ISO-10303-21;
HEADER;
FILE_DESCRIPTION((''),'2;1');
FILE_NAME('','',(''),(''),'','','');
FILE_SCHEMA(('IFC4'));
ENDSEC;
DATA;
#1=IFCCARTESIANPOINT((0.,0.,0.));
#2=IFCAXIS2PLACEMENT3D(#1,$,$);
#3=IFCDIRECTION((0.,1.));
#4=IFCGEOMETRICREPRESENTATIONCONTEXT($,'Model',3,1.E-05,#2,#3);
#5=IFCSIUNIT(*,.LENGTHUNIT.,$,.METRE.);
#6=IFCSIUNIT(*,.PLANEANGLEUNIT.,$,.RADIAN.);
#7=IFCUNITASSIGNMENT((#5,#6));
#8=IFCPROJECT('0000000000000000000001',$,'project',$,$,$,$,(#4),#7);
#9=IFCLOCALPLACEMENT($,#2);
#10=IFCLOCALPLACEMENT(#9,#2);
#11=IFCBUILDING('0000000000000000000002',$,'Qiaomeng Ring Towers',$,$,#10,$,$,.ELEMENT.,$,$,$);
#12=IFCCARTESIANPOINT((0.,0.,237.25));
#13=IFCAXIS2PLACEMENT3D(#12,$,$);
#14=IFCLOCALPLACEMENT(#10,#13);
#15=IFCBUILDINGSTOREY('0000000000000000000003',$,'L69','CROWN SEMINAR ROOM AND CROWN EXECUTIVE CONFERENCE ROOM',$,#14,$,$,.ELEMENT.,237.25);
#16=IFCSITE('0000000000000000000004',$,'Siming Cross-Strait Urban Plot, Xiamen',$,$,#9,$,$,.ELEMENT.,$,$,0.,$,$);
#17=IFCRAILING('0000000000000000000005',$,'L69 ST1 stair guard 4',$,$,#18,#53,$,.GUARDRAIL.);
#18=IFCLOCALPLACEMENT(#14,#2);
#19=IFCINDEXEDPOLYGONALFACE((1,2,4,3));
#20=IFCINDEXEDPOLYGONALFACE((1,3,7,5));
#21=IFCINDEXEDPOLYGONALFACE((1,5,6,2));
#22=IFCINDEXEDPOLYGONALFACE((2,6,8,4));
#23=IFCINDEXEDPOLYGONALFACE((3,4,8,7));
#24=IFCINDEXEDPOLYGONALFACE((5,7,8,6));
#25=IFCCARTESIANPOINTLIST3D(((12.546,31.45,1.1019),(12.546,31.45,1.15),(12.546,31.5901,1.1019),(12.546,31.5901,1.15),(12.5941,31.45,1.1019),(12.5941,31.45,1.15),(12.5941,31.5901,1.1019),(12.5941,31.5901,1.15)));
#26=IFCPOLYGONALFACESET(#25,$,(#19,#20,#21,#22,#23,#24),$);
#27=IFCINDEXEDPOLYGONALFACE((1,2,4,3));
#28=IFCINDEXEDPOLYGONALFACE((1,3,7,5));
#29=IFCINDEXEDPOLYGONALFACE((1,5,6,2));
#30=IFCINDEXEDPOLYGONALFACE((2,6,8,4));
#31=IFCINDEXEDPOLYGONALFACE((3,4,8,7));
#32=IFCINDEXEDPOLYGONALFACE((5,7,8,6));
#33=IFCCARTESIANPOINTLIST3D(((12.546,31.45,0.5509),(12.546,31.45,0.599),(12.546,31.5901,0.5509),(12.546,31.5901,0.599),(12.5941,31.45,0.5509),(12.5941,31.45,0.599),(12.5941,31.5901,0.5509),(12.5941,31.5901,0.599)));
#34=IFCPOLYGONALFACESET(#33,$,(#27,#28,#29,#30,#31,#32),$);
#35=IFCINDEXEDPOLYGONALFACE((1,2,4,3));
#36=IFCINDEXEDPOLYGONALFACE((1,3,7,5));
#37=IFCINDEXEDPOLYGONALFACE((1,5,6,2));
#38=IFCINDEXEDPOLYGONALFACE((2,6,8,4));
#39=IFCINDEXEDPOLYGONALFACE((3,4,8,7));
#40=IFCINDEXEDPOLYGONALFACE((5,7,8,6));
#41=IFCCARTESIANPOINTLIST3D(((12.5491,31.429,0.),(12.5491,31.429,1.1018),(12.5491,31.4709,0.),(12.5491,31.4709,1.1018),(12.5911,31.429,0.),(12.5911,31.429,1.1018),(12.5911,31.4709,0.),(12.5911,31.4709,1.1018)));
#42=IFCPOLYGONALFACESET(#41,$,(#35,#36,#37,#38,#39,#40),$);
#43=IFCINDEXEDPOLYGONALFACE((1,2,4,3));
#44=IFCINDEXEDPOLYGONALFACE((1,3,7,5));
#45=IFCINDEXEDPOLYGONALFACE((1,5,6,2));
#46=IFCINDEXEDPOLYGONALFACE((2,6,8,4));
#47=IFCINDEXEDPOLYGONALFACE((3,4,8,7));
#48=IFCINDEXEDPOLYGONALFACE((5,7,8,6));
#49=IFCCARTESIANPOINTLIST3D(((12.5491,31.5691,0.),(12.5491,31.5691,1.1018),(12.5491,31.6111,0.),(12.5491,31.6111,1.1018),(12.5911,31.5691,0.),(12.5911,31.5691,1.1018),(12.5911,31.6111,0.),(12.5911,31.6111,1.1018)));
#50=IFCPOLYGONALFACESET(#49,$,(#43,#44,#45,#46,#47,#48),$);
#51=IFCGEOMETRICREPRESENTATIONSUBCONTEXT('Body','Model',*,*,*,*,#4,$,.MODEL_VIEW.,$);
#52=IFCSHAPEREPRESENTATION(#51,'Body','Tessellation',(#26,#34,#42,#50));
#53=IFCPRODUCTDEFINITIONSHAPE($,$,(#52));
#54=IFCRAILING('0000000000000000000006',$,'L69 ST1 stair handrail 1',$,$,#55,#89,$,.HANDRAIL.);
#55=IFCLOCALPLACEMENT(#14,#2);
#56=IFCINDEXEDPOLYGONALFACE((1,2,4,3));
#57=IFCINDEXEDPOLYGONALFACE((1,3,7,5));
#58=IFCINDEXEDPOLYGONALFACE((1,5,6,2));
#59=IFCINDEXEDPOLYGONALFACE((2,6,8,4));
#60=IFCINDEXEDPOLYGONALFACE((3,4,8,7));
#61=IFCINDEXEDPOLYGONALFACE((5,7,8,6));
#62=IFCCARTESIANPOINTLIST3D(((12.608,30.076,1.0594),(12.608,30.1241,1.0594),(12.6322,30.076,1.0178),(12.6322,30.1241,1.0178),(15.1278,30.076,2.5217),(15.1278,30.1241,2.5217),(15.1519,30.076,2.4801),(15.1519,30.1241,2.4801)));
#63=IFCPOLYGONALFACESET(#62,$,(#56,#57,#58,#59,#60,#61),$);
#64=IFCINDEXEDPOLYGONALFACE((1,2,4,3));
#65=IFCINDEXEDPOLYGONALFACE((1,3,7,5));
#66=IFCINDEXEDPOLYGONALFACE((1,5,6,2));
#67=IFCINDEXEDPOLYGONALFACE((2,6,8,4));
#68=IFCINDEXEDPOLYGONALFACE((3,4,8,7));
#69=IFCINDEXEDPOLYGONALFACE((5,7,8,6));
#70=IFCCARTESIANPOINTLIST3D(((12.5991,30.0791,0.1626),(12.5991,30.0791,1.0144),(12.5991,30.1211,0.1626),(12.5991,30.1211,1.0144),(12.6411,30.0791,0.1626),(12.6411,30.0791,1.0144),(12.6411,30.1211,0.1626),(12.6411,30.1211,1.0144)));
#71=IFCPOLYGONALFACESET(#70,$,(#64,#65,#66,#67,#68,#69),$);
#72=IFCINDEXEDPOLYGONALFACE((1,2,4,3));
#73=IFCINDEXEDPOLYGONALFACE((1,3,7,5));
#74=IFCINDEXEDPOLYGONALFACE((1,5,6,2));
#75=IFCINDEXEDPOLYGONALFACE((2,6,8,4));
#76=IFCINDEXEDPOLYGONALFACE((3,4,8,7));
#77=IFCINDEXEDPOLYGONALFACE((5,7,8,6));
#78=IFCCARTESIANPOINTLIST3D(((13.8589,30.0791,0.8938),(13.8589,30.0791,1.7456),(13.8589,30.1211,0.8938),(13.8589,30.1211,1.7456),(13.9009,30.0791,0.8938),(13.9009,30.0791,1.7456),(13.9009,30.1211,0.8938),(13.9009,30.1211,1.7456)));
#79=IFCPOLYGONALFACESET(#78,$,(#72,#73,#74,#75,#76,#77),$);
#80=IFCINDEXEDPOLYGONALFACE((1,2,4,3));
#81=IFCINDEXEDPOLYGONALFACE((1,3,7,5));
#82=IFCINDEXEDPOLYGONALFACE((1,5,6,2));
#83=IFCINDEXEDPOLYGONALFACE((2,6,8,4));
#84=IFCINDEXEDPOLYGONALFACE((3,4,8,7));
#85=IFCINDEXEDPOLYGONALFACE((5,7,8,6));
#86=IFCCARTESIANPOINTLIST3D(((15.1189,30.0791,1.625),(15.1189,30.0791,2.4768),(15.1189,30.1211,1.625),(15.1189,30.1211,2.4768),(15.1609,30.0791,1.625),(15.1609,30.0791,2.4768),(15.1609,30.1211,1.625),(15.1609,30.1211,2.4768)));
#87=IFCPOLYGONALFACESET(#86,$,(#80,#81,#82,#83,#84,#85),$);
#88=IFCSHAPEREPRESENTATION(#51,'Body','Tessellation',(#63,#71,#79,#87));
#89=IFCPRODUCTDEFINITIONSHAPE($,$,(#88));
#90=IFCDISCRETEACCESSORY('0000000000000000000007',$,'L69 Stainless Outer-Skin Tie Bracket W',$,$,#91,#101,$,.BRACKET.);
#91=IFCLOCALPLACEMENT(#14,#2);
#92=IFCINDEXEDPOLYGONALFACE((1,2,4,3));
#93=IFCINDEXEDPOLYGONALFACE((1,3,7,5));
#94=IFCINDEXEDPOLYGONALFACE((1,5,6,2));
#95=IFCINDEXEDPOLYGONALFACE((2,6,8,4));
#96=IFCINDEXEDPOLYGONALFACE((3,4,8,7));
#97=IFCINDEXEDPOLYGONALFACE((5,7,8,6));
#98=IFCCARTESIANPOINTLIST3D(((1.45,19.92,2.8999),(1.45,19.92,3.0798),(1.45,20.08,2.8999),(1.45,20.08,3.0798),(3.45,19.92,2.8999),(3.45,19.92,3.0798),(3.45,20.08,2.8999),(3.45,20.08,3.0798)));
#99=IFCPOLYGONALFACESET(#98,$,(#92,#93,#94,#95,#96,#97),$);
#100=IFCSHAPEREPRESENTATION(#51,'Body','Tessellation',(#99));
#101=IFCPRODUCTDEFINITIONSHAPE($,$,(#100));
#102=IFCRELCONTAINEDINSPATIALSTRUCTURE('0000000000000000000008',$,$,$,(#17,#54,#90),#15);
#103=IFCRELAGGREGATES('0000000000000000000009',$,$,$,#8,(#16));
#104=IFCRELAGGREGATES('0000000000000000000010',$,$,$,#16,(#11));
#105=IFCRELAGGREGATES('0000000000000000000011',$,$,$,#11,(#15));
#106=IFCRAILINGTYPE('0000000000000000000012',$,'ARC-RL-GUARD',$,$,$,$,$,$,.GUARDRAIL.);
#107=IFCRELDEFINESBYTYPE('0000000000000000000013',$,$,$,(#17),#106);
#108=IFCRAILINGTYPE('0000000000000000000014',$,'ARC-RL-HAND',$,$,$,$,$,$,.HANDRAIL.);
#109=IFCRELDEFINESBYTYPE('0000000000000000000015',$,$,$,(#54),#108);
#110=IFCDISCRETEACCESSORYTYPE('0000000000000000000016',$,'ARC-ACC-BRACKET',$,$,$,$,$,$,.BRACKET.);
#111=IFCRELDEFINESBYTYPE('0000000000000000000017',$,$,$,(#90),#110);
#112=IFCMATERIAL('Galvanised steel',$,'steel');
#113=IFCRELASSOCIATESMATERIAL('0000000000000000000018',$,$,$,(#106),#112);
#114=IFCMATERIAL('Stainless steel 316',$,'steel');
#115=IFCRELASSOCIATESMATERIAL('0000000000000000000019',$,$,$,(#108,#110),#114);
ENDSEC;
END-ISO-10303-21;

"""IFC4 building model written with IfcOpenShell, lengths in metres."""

from ifc_helpers import new_model, si_unit, direction, frame, origin, origin_2d, place, context, subcontext, project, spatial, rectangle, extrude, source, transform, mapped, material, type_object, element, save


model = new_model("IFC4")

# Units and contexts
model_context = context("Model", 3, precision=1e-05, world=origin(), true_north=direction((0.0, 1.0)))
body_context = subcontext(model_context, "Body", "Model", "MODEL_VIEW")
ifc_project = project(units=[si_unit("LENGTHUNIT", "METRE"), si_unit("PLANEANGLEUNIT", "RADIAN")], contexts=[model_context])

# Site, building, storey
site_placement = place(None, origin())
site = spatial("IfcSite", under=ifc_project, at=site_placement, Name="Siming Cross-Strait Urban Plot, Xiamen", CompositionType="ELEMENT", RefElevation=0.0)
building_placement = place(site_placement, origin())
building = spatial("IfcBuilding", under=site, at=building_placement, Name="Qiaomeng Ring Towers", CompositionType="ELEMENT")
storey_placement = place(building_placement, frame((0.0, 0.0, 237.25)))
storey = spatial("IfcBuildingStorey", under=building, at=storey_placement, Name="L69", Description="CROWN SEMINAR ROOM AND CROWN EXECUTIVE CONFERENCE ROOM", CompositionType="ELEMENT", Elevation=237.25)

# Shared definitions
ifc_material_1 = material(Name="Stainless steel 316", Category="steel")

# Railings
ifc_material_2 = material(Name="Galvanised steel", Category="steel")
railing_type_1 = type_object("IfcRailingType", Name="ARC-RL-GUARD", PredefinedType="GUARDRAIL", material=ifc_material_2)
railing_1_placement = place(storey_placement, frame((12.5701, 31.45, 0.0)))
element("IfcRailing", 1, at=railing_1_placement, inside=storey, type_object=railing_type_1, Name="L69 ST1 stair guard 4", PredefinedType="GUARDRAIL", context=body_context, shape_type="SweptSolid", body=[
    extrude(rectangle(XDim=0.0481, YDim=0.0481, at=origin_2d()), frame((0.0, 0.0, 1.126), z_axis=(0.0, 1.0, 0.0), x_axis=(-1.0, 0.0, 0.0)), (0.0, 0.0, 1.0), 0.1401),
    extrude(rectangle(XDim=0.0481, YDim=0.0481, at=origin_2d()), frame((0.0, 0.0, 0.575), z_axis=(0.0, 1.0, 0.0), x_axis=(-1.0, 0.0, 0.0)), (0.0, 0.0, 1.0), 0.1401),
    extrude(rectangle(XDim=0.042, YDim=0.042, at=origin_2d()), origin(), (0.0, 0.0, 1.0), 1.1018),
    extrude(rectangle(XDim=0.042, YDim=0.042, at=origin_2d()), frame((0.0, 0.1401, 0.0)), (0.0, 0.0, 1.0), 1.1018),
])
railing_type_2 = type_object("IfcRailingType", Name="ARC-RL-HAND", PredefinedType="HANDRAIL", material=ifc_material_1)
railing_2_placement = place(storey_placement, frame((12.6201, 30.1001, 0.1626)))
element("IfcRailing", 2, at=railing_2_placement, inside=storey, type_object=railing_type_2, Name="L69 ST1 stair handrail 1", PredefinedType="HANDRAIL", context=body_context, shape_type="SweptSolid", body=[
    extrude(rectangle(XDim=0.0481, YDim=0.0481, at=origin_2d()), frame((0.0, 0.0, 0.876), z_axis=(0.864892, 0.0, 0.501958), x_axis=(0.0, 1.0, 0.0)), (0.0, 0.0, 1.0), 2.9133),
    extrude(rectangle(XDim=0.042, YDim=0.042, at=origin_2d()), origin(), (0.0, 0.0, 1.0), 0.8518),
    extrude(rectangle(XDim=0.042, YDim=0.042, at=origin_2d()), frame((1.2598, 0.0, 0.7312)), (0.0, 0.0, 1.0), 0.8518),
    extrude(rectangle(XDim=0.042, YDim=0.042, at=origin_2d()), frame((2.5198, 0.0, 1.4624)), (0.0, 0.0, 1.0), 0.8518),
])

# Discrete accessory
discrete_accessory_type = type_object("IfcDiscreteAccessoryType", Name="ARC-ACC-BRACKET", PredefinedType="BRACKET", material=ifc_material_1)
shared_shape_1 = source(origin(), body_context, "Body", "SweptSolid", [
    extrude(rectangle(XDim=2.0, YDim=0.1599, at=origin_2d()), origin(), (0.0, 0.0, 1.0), 0.1799),
])
discrete_accessory_placement = place(storey_placement, frame((2.45, 20.0, 2.8999), z_axis=(0.0, 0.0, 1.0), x_axis=(1.0, 0.0, 0.0)))
element("IfcDiscreteAccessory", 3, at=discrete_accessory_placement, inside=storey, type_object=discrete_accessory_type, Name="L69 Stainless Outer-Skin Tie Bracket W", PredefinedType="BRACKET", context=body_context, shape_type="MappedRepresentation", body=[
    mapped(shared_shape_1, transform((0.0, 0.0, 0.0), x_axis=(1.0, 0.0, 0.0), y_axis=(0.0, 1.0, 0.0), z_axis=(0.0, 0.0, 1.0), scale=1.0)),
])

save(model, "model.ifc")
